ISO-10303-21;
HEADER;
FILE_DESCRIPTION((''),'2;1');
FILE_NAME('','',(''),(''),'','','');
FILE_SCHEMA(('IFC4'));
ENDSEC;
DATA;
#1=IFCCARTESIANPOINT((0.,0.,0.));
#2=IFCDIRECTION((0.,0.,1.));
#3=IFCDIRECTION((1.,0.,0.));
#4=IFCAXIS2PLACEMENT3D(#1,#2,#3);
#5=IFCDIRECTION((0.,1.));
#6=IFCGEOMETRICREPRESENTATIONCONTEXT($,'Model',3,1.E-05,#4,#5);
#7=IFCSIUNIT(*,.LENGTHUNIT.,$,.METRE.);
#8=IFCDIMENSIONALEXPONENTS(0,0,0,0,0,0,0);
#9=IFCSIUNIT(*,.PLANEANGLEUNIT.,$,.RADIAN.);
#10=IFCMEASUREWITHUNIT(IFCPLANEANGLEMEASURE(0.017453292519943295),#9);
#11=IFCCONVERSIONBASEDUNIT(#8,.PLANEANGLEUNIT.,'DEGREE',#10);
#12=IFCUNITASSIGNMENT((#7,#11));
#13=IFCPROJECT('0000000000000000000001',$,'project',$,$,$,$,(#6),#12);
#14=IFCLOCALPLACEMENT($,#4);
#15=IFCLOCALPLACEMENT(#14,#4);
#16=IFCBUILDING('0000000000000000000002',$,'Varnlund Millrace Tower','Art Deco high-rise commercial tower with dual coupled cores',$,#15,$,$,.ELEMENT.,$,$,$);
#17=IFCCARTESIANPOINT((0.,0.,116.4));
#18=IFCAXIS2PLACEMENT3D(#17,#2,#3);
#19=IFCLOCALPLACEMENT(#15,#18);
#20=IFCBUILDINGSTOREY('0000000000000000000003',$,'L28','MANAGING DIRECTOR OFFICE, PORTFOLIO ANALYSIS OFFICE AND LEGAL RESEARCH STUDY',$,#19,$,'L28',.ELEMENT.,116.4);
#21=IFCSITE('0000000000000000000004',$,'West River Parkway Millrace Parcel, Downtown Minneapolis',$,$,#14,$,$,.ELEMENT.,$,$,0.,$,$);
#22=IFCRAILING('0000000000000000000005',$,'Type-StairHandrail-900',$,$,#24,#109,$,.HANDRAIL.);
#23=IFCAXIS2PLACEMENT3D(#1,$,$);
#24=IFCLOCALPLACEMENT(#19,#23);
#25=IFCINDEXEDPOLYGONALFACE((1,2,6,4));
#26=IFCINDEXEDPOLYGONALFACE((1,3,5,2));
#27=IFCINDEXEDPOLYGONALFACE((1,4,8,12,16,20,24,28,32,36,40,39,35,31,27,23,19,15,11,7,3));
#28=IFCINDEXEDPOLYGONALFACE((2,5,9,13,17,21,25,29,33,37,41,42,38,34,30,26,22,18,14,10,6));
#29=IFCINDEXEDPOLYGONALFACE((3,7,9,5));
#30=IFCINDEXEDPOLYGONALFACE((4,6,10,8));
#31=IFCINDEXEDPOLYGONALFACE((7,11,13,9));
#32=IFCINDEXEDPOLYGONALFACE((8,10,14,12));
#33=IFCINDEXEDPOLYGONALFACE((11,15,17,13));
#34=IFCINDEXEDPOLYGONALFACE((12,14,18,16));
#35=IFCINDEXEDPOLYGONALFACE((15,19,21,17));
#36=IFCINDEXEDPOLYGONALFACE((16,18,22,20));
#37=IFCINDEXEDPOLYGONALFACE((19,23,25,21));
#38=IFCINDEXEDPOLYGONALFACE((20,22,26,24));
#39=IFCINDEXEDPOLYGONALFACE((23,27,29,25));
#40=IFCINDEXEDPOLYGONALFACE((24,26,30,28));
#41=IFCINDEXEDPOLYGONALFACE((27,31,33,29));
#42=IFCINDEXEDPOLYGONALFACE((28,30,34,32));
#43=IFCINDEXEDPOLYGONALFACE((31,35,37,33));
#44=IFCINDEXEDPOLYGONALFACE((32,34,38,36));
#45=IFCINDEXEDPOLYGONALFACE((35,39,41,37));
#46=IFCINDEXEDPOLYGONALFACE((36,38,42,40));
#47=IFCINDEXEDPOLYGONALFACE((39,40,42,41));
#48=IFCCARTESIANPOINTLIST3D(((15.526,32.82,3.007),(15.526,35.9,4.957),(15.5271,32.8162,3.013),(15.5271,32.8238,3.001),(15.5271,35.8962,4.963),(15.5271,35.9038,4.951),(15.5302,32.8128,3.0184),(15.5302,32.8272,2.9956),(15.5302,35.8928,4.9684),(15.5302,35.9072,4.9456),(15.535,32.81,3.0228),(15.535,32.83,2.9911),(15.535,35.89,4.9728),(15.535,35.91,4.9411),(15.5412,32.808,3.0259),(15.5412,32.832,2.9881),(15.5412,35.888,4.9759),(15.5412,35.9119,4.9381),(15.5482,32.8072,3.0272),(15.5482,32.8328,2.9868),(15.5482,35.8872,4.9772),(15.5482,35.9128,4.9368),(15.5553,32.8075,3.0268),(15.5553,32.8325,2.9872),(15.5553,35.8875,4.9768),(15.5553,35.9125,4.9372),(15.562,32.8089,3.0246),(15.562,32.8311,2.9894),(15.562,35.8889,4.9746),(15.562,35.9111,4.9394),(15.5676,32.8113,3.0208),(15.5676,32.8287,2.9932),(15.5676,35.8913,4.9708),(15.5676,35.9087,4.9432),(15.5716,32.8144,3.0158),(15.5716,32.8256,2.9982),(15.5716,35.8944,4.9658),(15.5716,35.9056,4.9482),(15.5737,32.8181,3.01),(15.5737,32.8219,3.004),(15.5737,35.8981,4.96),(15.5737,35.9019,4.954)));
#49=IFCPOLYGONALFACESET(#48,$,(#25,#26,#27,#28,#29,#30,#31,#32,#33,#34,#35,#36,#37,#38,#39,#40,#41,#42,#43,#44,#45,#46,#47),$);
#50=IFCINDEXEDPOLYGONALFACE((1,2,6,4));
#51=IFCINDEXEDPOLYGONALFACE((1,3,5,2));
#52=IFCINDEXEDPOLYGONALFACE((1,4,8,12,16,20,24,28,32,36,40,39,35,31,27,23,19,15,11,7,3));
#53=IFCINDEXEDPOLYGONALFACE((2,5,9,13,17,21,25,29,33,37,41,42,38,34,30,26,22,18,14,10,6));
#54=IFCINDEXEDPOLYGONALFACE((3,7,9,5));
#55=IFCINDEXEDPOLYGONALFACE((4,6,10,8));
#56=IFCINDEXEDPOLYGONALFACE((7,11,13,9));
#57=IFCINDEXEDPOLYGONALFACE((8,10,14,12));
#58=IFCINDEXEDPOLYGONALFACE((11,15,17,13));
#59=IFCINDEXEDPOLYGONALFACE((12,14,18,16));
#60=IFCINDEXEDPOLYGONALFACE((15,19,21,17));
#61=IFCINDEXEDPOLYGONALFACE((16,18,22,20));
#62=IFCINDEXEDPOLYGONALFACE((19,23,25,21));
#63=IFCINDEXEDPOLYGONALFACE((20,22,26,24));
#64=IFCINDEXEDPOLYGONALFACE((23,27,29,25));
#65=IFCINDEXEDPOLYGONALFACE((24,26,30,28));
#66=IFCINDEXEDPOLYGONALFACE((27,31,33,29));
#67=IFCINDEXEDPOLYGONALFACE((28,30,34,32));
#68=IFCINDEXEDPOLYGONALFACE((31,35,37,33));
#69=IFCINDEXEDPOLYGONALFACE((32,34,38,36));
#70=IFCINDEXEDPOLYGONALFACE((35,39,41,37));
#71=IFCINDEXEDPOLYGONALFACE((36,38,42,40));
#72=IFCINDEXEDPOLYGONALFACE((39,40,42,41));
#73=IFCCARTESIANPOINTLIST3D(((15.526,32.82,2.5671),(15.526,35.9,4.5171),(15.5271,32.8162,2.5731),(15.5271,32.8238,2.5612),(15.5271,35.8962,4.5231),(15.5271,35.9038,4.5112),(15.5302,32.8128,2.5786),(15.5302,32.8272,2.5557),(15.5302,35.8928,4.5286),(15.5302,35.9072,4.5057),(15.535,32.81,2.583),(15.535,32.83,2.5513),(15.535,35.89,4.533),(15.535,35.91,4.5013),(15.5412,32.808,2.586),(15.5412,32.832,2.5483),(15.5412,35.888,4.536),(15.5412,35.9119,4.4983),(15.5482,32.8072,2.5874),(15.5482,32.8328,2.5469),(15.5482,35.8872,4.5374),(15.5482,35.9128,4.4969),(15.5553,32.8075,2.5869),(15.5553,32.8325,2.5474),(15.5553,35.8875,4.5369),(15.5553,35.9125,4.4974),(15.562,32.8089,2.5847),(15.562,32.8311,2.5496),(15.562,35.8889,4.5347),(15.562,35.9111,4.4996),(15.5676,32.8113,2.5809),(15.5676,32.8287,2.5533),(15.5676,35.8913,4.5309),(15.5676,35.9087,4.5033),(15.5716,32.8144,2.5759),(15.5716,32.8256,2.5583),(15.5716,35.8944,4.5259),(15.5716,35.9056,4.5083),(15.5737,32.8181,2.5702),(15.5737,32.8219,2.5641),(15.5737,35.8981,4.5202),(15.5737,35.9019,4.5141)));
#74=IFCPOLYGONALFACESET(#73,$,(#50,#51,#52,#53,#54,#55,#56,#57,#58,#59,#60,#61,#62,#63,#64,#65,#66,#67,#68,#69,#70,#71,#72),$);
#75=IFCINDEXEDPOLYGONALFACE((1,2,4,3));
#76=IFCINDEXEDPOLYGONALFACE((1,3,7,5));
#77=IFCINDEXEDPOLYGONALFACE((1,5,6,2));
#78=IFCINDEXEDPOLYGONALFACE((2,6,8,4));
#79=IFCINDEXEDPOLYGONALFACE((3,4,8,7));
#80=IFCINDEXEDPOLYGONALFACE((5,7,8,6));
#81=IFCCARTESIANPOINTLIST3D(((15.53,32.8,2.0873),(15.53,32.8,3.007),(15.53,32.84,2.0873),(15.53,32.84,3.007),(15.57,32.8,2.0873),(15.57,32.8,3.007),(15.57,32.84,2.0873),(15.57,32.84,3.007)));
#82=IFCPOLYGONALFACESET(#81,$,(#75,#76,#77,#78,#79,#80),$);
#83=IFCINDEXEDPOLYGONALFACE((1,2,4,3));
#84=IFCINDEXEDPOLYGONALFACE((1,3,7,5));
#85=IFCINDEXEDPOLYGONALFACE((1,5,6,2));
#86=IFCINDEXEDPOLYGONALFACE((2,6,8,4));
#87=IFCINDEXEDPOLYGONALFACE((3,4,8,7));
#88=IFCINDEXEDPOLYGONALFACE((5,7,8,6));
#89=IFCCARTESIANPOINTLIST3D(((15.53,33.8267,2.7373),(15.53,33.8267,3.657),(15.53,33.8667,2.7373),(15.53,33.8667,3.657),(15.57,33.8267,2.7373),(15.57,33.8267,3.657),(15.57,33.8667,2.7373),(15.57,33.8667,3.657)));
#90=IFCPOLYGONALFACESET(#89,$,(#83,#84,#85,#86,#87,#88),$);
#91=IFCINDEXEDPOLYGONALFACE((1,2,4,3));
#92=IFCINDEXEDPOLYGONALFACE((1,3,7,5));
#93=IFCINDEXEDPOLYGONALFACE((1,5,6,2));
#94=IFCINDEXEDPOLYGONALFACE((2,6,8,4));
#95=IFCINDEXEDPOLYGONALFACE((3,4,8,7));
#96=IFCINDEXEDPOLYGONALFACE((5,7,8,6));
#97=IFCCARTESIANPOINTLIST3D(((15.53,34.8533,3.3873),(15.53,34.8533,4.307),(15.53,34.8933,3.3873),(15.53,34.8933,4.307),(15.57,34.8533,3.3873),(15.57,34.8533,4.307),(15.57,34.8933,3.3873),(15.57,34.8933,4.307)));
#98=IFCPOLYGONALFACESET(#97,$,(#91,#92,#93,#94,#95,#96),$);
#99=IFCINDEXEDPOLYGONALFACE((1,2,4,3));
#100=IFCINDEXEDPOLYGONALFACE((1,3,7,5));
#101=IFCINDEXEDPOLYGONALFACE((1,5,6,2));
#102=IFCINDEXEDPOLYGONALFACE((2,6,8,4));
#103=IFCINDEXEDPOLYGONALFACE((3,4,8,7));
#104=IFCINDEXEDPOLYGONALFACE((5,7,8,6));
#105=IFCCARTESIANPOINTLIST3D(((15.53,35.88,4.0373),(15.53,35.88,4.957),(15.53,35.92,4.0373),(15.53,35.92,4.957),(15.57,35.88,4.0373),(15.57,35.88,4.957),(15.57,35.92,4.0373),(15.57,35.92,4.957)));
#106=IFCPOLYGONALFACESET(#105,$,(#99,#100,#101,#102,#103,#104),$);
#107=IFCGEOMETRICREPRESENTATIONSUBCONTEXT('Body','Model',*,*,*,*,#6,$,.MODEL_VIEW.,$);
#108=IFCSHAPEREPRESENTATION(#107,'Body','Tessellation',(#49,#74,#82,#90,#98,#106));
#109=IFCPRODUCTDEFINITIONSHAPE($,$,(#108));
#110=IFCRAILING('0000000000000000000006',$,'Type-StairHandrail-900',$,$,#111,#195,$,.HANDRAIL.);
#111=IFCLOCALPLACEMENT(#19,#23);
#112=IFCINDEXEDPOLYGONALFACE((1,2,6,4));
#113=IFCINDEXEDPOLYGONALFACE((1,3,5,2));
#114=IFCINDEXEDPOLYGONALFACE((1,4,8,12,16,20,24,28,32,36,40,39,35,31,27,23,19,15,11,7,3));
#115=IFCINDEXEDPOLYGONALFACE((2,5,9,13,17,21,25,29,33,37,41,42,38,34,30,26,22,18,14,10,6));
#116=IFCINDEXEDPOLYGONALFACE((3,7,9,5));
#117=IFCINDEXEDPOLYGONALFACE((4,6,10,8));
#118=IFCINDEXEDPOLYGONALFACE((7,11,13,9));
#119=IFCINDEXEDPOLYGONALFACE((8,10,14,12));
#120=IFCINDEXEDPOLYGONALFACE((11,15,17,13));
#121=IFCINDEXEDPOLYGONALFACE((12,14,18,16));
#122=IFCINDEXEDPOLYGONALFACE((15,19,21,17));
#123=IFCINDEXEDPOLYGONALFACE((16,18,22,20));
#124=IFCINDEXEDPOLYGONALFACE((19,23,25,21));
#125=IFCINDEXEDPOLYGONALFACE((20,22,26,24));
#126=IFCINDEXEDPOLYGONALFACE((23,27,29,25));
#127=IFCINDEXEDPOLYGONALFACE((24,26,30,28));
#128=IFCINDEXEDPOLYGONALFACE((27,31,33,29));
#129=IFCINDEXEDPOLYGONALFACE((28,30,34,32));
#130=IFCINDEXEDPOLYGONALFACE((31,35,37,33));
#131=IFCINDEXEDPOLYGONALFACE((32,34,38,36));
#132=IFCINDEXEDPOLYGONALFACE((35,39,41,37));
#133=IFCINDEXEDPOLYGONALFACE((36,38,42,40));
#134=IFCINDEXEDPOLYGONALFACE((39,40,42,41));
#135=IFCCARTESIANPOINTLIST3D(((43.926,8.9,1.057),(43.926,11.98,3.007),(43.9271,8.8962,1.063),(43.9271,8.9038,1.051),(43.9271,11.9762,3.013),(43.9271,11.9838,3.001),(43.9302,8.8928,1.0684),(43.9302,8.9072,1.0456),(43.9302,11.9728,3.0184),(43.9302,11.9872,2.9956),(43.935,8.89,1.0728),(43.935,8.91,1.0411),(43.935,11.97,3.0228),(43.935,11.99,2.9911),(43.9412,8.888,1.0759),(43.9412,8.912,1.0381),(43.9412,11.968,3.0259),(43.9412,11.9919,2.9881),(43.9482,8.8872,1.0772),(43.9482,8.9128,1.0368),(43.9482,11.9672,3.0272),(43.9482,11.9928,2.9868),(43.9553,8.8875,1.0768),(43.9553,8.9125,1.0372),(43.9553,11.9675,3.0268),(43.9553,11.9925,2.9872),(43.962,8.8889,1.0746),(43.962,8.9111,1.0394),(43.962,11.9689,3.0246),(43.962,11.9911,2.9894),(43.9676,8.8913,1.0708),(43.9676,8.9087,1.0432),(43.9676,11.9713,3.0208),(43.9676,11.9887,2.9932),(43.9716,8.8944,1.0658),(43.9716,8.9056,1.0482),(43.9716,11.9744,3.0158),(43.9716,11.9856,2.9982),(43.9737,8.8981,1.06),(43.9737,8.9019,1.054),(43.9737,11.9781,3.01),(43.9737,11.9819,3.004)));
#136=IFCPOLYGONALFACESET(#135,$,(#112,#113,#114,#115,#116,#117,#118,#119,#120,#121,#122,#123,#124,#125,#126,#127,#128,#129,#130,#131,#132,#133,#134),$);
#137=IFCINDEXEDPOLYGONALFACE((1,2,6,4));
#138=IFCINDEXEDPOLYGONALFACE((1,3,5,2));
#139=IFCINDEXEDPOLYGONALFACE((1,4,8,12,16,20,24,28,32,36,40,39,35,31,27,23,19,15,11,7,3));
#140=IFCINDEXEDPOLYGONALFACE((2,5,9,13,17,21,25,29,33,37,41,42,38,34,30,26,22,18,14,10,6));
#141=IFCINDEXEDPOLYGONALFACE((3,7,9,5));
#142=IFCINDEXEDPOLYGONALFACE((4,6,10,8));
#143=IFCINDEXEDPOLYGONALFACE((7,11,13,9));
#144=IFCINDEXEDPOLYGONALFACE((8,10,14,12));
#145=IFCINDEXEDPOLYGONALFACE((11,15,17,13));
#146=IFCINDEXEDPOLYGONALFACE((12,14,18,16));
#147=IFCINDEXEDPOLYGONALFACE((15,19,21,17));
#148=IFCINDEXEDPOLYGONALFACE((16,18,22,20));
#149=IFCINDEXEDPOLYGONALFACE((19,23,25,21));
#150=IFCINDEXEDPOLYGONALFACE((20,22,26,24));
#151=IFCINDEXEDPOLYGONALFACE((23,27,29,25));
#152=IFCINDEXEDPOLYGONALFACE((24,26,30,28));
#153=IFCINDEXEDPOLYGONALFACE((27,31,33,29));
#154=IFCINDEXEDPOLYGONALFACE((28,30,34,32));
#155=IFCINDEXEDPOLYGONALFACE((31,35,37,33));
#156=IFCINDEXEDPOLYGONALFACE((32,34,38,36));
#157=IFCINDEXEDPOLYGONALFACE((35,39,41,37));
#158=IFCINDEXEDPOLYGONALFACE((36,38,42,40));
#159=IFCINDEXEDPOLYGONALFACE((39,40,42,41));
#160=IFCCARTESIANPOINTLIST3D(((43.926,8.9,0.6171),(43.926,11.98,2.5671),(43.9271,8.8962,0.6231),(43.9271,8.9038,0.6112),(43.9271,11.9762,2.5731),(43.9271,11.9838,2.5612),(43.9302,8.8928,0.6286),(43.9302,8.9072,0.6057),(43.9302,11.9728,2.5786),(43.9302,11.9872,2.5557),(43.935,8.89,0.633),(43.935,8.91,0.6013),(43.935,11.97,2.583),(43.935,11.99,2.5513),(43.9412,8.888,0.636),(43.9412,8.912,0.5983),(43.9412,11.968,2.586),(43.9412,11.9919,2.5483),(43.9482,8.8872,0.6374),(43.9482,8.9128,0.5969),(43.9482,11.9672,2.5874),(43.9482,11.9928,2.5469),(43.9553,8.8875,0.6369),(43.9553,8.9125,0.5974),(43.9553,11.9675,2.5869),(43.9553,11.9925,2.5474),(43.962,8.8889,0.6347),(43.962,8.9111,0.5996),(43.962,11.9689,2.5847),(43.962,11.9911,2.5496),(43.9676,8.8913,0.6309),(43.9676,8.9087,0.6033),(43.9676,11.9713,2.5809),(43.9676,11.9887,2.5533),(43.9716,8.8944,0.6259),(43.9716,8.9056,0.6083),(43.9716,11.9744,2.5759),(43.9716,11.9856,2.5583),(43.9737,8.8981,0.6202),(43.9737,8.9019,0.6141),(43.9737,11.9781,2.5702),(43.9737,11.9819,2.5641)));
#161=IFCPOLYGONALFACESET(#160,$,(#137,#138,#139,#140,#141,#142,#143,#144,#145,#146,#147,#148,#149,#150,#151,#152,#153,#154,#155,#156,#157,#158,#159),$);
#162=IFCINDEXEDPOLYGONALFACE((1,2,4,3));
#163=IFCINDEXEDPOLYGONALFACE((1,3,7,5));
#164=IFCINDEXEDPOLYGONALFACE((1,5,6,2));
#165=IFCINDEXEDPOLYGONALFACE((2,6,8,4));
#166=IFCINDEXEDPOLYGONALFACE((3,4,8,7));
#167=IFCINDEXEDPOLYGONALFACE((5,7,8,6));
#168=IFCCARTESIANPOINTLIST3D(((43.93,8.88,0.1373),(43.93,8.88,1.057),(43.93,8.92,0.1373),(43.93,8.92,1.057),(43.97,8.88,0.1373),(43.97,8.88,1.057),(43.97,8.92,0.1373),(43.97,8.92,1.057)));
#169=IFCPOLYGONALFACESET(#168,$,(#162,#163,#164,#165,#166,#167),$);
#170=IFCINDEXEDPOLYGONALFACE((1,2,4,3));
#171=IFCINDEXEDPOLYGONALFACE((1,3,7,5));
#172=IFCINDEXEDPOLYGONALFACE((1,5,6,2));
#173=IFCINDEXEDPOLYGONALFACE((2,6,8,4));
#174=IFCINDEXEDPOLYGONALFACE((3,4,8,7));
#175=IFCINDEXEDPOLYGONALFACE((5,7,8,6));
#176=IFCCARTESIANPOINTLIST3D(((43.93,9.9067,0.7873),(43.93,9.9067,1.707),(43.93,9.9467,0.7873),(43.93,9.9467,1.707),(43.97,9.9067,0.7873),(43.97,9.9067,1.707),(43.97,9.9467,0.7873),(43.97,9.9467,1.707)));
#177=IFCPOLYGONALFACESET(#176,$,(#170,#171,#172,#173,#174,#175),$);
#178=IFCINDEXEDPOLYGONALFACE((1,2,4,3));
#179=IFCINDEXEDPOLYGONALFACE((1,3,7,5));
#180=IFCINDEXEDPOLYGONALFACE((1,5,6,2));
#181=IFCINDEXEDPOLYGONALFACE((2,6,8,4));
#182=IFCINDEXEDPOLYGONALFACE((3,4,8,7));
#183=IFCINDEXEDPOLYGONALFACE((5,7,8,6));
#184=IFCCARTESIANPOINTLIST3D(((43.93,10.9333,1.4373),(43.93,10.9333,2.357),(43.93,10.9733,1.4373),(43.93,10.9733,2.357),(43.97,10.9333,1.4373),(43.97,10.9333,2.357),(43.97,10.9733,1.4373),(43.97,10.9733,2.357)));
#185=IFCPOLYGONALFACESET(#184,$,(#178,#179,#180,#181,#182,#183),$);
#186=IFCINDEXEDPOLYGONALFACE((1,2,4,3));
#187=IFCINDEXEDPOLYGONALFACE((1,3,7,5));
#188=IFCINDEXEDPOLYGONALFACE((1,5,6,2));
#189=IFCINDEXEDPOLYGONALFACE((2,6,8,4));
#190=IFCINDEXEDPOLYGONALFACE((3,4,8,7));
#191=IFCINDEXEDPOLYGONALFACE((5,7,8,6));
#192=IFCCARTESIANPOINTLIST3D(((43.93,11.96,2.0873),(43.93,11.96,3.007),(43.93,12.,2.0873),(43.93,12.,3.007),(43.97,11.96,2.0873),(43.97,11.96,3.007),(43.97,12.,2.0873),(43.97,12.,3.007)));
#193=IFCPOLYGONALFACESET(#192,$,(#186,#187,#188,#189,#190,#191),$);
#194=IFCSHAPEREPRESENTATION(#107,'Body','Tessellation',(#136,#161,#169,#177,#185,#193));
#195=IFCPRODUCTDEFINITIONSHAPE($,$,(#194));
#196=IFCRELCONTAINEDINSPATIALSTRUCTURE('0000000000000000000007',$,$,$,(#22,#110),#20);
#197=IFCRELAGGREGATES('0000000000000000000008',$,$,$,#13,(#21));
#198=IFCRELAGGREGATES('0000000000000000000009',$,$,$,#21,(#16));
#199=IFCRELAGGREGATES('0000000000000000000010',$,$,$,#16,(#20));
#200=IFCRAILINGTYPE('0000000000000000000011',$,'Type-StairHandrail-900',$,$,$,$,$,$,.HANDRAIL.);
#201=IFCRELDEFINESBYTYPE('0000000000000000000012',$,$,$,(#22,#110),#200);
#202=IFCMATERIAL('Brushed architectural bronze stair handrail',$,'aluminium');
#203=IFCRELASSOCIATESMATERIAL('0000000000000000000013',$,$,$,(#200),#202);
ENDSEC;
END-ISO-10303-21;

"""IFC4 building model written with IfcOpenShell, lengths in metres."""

from ifc_helpers import new_model, entity, si_unit, converted_unit, direction, frame, origin_with_axes, origin_2d_with_axis, place, context, subcontext, project, spatial, rectangle, circle, extrude, material, type_object, element, save


model = new_model("IFC4")

# Units and contexts
model_context = context("Model", 3, precision=1e-05, world=origin_with_axes(), true_north=direction((0.0, 1.0)))
body_context = subcontext(model_context, "Body", "Model", "MODEL_VIEW")
ifc_project = project(units=[si_unit("LENGTHUNIT", "METRE"), converted_unit("PLANEANGLEUNIT", "DEGREE", entity("IfcPlaneAngleMeasure", 0.017453292519943295), si_unit("PLANEANGLEUNIT", "RADIAN"), dimensions=[0, 0, 0, 0, 0, 0, 0])], contexts=[model_context])

# Site, building, storey
site_placement = place(None, origin_with_axes())
site = spatial("IfcSite", under=ifc_project, at=site_placement, Name="West River Parkway Millrace Parcel, Downtown Minneapolis", CompositionType="ELEMENT", RefElevation=0.0)
building_placement = place(site_placement, origin_with_axes())
building = spatial("IfcBuilding", under=site, at=building_placement, Name="Varnlund Millrace Tower", Description="Art Deco high-rise commercial tower with dual coupled cores", CompositionType="ELEMENT")
storey_placement = place(building_placement, frame((0.0, 0.0, 116.4), z_axis=(0.0, 0.0, 1.0), x_axis=(1.0, 0.0, 0.0)))
storey = spatial("IfcBuildingStorey", under=building, at=storey_placement, Name="L28", Description="MANAGING DIRECTOR OFFICE, PORTFOLIO ANALYSIS OFFICE AND LEGAL RESEARCH STUDY", LongName="L28", CompositionType="ELEMENT", Elevation=116.4)

# Railings
ifc_material_1 = material(Name="Brushed architectural bronze stair handrail", Category="aluminium")
railing_type_1 = type_object("IfcRailingType", Name="Type-StairHandrail-900", PredefinedType="HANDRAIL", material=ifc_material_1)
railing_1_placement = place(storey_placement, frame((0.0, 0.0, -116.4), z_axis=(0.0, 0.0, 1.0), x_axis=(1.0, 0.0, 0.0)))
element("IfcRailing", 1, at=railing_1_placement, inside=storey, type_object=railing_type_1, Name="Type-StairHandrail-900", PredefinedType="HANDRAIL", context=body_context, shape_type="SweptSolid", body=[
    extrude(circle(Radius=0.024, at=origin_2d_with_axis()), frame((15.55, 32.82, 119.407), z_axis=(0.0, 0.844902, 0.534922), x_axis=(-1.0, 0.0, 0.0)), (0.0, 0.0, 1.0), 3.6454),
    extrude(circle(Radius=0.024, at=origin_2d_with_axis()), frame((15.55, 32.82, 118.9671), z_axis=(0.0, 0.844902, 0.534922), x_axis=(-1.0, 0.0, 0.0)), (0.0, 0.0, 1.0), 3.6454),
    extrude(rectangle(XDim=0.04, YDim=0.04, at=origin_2d_with_axis()), frame((15.55, 32.82, 118.4873), z_axis=(0.0, 0.0, 1.0), x_axis=(1.0, 0.0, 0.0)), (0.0, 0.0, 1.0), 0.9197),
    extrude(rectangle(XDim=0.04, YDim=0.04, at=origin_2d_with_axis()), frame((15.55, 33.8467, 119.1373), z_axis=(0.0, 0.0, 1.0), x_axis=(1.0, 0.0, 0.0)), (0.0, 0.0, 1.0), 0.9197),
    extrude(rectangle(XDim=0.04, YDim=0.04, at=origin_2d_with_axis()), frame((15.55, 34.8733, 119.7873), z_axis=(0.0, 0.0, 1.0), x_axis=(1.0, 0.0, 0.0)), (0.0, 0.0, 1.0), 0.9197),
    extrude(rectangle(XDim=0.04, YDim=0.04, at=origin_2d_with_axis()), frame((15.55, 35.9, 120.4373), z_axis=(0.0, 0.0, 1.0), x_axis=(1.0, 0.0, 0.0)), (0.0, 0.0, 1.0), 0.9197),
])
railing_2_placement = place(storey_placement, frame((0.0, 0.0, -116.4), z_axis=(0.0, 0.0, 1.0), x_axis=(1.0, 0.0, 0.0)))
element("IfcRailing", 2, at=railing_2_placement, inside=storey, type_object=railing_type_1, Name="Type-StairHandrail-900", PredefinedType="HANDRAIL", context=body_context, shape_type="SweptSolid", body=[
    extrude(circle(Radius=0.024, at=origin_2d_with_axis()), frame((43.95, 8.9, 117.457), z_axis=(0.0, 0.844902, 0.534922), x_axis=(-1.0, 0.0, 0.0)), (0.0, 0.0, 1.0), 3.6454),
    extrude(circle(Radius=0.024, at=origin_2d_with_axis()), frame((43.95, 8.9, 117.0171), z_axis=(0.0, 0.844902, 0.534922), x_axis=(-1.0, 0.0, 0.0)), (0.0, 0.0, 1.0), 3.6454),
    extrude(rectangle(XDim=0.04, YDim=0.04, at=origin_2d_with_axis()), frame((43.95, 8.9, 116.5373), z_axis=(0.0, 0.0, 1.0), x_axis=(1.0, 0.0, 0.0)), (0.0, 0.0, 1.0), 0.9197),
    extrude(rectangle(XDim=0.04, YDim=0.04, at=origin_2d_with_axis()), frame((43.95, 9.9267, 117.1873), z_axis=(0.0, 0.0, 1.0), x_axis=(1.0, 0.0, 0.0)), (0.0, 0.0, 1.0), 0.9197),
    extrude(rectangle(XDim=0.04, YDim=0.04, at=origin_2d_with_axis()), frame((43.95, 10.9533, 117.8373), z_axis=(0.0, 0.0, 1.0), x_axis=(1.0, 0.0, 0.0)), (0.0, 0.0, 1.0), 0.9197),
    extrude(rectangle(XDim=0.04, YDim=0.04, at=origin_2d_with_axis()), frame((43.95, 11.98, 118.4873), z_axis=(0.0, 0.0, 1.0), x_axis=(1.0, 0.0, 0.0)), (0.0, 0.0, 1.0), 0.9197),
])

save(model, "model.ifc")
